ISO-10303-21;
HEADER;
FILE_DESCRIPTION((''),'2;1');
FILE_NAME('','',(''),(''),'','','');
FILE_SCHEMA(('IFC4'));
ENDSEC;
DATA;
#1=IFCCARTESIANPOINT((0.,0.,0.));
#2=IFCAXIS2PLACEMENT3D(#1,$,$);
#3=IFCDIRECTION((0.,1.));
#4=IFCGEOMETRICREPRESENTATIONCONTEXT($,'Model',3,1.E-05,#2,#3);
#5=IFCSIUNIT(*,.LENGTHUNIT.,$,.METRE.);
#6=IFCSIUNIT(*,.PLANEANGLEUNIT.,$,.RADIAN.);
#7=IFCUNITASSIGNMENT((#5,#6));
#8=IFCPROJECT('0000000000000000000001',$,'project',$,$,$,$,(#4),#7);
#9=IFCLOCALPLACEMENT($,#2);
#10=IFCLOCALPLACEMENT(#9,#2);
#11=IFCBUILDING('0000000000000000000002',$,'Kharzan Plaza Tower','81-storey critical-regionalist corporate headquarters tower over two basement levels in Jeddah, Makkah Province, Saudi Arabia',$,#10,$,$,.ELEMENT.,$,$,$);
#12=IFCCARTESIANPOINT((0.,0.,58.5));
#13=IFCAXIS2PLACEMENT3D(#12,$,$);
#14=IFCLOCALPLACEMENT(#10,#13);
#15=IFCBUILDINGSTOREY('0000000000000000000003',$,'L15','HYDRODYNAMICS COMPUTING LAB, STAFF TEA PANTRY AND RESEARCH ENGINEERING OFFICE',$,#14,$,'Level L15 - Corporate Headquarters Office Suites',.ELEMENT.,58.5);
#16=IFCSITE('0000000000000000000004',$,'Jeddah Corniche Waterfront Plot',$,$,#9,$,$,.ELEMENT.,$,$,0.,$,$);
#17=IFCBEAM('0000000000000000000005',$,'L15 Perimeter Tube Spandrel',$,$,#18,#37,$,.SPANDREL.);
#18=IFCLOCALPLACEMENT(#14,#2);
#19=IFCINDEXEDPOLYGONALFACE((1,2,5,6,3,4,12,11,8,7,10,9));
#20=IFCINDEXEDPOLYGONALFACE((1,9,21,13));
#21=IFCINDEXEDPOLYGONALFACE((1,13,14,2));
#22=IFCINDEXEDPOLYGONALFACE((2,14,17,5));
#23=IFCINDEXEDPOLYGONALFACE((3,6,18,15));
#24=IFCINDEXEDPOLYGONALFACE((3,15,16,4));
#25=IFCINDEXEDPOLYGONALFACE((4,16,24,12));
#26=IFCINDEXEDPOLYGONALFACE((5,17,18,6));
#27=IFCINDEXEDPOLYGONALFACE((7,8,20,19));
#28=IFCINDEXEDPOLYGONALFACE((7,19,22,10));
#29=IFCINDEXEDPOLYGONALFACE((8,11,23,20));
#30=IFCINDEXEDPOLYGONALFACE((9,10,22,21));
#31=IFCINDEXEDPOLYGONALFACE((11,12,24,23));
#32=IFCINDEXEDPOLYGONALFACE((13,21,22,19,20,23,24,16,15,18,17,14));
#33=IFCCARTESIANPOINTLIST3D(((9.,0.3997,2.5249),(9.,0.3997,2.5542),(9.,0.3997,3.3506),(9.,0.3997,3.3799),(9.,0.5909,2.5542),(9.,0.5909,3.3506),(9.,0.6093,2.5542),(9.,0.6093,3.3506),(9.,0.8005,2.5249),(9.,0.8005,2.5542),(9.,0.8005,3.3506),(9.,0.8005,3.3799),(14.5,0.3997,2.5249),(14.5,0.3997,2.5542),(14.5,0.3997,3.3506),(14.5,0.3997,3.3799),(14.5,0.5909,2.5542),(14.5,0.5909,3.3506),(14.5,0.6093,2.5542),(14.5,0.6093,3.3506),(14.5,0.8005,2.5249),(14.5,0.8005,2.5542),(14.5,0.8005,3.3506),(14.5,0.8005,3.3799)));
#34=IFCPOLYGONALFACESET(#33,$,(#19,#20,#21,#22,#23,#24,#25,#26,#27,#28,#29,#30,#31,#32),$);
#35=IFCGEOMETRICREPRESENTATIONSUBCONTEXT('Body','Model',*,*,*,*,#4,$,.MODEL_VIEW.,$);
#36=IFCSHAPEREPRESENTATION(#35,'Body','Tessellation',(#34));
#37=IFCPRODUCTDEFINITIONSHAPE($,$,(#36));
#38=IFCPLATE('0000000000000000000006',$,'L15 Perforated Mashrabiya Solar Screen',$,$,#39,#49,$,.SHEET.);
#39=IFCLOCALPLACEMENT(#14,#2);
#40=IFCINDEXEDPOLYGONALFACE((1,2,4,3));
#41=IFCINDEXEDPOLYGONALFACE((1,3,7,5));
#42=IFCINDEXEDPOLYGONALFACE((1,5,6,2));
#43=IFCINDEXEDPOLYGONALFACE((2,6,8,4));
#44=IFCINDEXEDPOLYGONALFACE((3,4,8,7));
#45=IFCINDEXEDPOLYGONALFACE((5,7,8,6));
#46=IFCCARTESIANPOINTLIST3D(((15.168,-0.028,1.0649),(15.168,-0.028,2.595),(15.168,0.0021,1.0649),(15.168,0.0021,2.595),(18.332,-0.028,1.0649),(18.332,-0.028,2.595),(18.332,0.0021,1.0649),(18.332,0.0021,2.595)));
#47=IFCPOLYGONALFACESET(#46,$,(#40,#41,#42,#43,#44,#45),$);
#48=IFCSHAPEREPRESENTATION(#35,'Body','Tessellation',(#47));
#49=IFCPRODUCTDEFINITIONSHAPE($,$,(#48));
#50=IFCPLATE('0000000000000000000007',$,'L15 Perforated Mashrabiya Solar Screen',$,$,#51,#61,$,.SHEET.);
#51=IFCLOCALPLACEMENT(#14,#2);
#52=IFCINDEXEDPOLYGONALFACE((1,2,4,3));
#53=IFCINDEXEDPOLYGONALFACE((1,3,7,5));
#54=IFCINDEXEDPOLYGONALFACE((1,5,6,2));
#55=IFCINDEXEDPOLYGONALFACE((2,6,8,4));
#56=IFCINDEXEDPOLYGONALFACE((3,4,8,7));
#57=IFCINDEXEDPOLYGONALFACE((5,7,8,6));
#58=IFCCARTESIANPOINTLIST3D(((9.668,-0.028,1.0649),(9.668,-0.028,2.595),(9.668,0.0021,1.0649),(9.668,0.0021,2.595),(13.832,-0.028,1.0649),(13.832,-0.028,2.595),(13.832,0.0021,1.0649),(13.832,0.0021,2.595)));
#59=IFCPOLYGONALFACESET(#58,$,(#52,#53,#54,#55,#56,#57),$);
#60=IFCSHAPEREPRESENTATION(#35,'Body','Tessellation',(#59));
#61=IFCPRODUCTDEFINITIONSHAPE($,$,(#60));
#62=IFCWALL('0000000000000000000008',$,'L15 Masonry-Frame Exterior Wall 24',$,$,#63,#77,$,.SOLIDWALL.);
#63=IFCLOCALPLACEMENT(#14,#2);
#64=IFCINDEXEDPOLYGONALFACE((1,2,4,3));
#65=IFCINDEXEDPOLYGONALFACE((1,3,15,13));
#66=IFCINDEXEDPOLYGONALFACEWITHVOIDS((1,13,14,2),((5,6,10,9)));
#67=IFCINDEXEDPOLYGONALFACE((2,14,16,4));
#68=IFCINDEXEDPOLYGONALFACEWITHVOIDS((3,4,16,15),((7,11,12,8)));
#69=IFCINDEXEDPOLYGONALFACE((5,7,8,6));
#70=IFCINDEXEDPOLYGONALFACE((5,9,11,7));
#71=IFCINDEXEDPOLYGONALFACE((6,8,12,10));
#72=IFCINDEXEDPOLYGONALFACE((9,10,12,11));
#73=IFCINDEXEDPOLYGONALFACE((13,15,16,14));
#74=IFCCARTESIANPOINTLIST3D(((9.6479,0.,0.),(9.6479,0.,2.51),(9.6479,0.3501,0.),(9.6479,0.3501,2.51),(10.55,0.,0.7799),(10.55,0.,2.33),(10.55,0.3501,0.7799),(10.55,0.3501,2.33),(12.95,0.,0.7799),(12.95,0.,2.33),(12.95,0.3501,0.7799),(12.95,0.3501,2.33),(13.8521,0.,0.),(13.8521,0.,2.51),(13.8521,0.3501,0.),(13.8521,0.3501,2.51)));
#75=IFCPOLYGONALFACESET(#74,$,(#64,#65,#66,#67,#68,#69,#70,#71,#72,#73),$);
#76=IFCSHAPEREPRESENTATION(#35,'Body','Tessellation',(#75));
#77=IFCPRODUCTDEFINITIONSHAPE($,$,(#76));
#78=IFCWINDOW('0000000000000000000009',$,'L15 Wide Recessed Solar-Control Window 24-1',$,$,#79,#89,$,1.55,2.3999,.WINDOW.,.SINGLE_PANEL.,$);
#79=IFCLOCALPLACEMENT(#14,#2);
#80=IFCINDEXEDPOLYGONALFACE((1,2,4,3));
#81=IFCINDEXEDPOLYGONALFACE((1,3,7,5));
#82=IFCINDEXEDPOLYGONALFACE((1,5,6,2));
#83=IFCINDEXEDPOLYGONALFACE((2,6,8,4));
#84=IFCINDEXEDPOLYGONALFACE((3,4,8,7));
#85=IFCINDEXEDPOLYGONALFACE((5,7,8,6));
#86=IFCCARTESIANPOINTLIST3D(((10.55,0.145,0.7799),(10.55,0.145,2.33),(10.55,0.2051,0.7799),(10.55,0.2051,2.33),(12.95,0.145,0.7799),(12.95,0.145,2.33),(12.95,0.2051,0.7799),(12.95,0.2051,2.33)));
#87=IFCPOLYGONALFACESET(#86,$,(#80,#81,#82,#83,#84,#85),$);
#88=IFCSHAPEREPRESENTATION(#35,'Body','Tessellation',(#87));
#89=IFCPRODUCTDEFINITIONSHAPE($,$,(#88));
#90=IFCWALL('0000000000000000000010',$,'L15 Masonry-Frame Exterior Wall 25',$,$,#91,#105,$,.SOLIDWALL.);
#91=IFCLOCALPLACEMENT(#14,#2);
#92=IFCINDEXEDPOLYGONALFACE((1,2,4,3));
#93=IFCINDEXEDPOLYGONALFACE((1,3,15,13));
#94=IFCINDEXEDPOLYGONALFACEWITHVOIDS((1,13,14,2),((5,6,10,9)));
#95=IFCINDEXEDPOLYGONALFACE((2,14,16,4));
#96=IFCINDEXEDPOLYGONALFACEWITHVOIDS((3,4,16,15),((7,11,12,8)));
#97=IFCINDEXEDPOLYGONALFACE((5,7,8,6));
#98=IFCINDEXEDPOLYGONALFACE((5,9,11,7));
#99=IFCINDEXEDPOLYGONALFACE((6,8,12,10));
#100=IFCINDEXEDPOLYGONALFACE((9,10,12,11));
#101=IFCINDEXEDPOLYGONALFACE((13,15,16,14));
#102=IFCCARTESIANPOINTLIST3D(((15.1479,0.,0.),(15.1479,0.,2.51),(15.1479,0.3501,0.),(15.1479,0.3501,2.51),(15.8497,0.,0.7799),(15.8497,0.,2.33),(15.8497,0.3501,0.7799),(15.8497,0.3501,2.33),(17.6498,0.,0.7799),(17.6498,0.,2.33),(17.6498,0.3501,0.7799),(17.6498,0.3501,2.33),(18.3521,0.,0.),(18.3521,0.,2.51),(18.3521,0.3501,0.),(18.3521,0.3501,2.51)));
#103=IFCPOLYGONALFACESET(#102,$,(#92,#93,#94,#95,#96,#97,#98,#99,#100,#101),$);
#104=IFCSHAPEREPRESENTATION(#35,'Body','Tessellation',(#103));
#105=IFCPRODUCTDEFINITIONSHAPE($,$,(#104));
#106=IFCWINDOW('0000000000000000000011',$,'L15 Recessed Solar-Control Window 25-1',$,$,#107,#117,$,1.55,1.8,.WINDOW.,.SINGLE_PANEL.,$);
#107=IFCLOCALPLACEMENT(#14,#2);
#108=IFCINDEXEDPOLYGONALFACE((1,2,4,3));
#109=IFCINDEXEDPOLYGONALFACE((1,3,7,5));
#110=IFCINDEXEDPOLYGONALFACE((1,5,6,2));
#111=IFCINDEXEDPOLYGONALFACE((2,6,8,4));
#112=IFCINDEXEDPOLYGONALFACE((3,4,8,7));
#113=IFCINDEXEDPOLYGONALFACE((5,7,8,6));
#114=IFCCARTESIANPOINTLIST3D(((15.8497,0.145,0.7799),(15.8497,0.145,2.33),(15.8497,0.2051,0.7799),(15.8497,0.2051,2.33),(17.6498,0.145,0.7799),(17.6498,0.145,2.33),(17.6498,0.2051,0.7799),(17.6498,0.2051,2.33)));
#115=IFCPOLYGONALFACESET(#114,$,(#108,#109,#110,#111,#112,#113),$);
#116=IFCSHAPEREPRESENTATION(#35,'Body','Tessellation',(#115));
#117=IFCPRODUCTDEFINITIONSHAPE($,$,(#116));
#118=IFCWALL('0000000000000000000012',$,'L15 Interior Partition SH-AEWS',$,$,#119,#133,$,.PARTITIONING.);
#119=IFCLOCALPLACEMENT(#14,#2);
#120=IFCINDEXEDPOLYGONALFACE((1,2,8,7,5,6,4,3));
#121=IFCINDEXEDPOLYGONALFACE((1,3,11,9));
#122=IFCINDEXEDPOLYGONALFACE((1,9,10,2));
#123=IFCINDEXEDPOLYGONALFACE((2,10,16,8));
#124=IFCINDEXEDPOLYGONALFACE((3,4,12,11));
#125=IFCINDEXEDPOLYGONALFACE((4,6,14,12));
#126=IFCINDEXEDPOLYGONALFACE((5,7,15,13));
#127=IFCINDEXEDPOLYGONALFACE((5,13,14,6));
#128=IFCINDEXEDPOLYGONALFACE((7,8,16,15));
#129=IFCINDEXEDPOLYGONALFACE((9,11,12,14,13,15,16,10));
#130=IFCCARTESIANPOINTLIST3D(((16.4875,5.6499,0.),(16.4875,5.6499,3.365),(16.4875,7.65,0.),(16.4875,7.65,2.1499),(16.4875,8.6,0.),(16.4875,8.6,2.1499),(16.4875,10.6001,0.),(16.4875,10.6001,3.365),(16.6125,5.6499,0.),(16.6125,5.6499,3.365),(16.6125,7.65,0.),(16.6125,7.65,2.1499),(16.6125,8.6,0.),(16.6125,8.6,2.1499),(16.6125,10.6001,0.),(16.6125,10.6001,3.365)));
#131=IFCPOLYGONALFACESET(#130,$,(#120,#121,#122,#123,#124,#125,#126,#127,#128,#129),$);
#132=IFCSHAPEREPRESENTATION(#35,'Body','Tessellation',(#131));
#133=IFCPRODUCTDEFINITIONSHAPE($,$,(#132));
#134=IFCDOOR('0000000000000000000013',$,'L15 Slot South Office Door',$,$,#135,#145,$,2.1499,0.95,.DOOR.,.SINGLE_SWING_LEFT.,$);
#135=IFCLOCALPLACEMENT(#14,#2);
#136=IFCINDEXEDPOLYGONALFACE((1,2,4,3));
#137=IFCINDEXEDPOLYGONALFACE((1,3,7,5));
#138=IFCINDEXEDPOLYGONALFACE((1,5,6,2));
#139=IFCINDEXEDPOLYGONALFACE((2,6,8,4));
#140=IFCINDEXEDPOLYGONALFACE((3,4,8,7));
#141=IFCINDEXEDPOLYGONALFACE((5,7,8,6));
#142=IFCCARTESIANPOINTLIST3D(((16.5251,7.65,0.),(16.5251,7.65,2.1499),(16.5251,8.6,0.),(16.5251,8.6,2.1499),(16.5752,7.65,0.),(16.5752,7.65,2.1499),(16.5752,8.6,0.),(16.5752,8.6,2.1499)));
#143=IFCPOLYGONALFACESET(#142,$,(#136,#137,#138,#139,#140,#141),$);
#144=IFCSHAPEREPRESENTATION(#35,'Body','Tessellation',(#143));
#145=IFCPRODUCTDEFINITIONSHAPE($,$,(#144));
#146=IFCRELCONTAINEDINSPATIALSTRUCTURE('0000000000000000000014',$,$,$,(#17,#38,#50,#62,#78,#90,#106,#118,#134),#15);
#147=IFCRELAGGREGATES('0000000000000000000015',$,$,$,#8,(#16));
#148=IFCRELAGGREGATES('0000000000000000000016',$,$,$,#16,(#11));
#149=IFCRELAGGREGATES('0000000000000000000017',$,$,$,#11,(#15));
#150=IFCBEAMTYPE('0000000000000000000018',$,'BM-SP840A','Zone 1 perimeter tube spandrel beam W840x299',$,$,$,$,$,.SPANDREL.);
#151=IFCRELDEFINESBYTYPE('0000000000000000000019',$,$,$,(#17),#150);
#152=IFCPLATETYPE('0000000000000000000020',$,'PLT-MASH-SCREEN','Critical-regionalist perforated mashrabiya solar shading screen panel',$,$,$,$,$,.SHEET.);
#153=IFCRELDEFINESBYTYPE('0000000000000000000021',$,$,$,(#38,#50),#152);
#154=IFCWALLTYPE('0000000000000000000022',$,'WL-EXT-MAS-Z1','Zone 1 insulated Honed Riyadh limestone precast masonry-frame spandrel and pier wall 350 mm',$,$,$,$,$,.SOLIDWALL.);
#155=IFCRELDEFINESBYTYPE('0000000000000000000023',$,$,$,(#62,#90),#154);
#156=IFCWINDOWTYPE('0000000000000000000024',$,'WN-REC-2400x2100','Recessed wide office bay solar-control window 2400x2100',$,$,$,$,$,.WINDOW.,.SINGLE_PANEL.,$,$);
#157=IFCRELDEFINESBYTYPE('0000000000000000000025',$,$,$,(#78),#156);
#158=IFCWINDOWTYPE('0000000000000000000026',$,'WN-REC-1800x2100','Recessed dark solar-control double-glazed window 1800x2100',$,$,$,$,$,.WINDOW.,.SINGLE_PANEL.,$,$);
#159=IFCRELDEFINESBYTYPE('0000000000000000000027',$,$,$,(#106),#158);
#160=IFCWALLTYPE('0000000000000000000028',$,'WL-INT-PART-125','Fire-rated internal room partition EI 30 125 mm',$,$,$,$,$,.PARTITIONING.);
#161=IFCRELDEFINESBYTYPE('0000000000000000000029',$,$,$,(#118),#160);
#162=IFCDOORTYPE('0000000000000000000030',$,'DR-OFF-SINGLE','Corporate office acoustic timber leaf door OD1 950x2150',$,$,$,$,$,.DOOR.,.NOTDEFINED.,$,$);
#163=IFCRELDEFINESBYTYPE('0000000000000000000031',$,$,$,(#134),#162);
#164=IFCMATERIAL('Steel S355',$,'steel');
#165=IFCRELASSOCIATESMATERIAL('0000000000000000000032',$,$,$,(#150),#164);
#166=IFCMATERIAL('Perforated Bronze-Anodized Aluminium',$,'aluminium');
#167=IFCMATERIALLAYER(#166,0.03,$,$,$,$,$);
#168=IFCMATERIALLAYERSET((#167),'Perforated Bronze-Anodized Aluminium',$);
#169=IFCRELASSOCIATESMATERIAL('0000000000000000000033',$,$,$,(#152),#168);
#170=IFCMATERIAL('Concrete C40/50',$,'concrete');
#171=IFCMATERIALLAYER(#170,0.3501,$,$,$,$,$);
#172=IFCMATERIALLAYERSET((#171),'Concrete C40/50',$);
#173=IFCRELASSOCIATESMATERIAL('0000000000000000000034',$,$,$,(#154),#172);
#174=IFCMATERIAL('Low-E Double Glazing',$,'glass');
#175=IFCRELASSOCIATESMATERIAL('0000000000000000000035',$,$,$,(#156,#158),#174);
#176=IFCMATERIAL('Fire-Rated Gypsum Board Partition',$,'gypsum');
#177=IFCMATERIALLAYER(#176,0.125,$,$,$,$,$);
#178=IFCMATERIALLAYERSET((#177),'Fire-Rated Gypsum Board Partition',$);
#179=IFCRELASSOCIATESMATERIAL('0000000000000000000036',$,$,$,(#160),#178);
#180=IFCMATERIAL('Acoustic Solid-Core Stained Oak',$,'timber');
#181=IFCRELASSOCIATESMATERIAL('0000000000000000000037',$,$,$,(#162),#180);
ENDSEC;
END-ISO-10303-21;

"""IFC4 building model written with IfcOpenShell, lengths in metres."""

from ifc_helpers import new_model, si_unit, direction, frame, frame_2d, origin, origin_2d, place, context, subcontext, project, spatial, rectangle, i_section, extrude, source, transform, mapped, material, layer, layer_set, material_profile, profile_set, type_object, element, fill, save


model = new_model("IFC4")

# Units and contexts
model_context = context("Model", 3, precision=1e-05, world=origin(), true_north=direction((0.0, 1.0)))
body_context = subcontext(model_context, "Body", "Model", "MODEL_VIEW")
ifc_project = project(units=[si_unit("LENGTHUNIT", "METRE"), si_unit("PLANEANGLEUNIT", "RADIAN")], contexts=[model_context])

# Site, building, storey
site_placement = place(None, origin())
site = spatial("IfcSite", under=ifc_project, at=site_placement, Name="Jeddah Corniche Waterfront Plot", CompositionType="ELEMENT", RefElevation=0.0)
building_placement = place(site_placement, origin())
building = spatial("IfcBuilding", under=site, at=building_placement, Name="Kharzan Plaza Tower", Description="81-storey critical-regionalist corporate headquarters tower over two basement levels in Jeddah, Makkah Province, Saudi Arabia", CompositionType="ELEMENT")
storey_placement = place(building_placement, frame((0.0, 0.0, 58.5)))
storey = spatial("IfcBuildingStorey", under=building, at=storey_placement, Name="L15", Description="HYDRODYNAMICS COMPUTING LAB, STAFF TEA PANTRY AND RESEARCH ENGINEERING OFFICE", LongName="Level L15 - Corporate Headquarters Office Suites", CompositionType="ELEMENT", Elevation=58.5)

# Beam
ifc_material_1 = material(Name="Steel S355", Category="steel")
ifc_material_profile_1 = material_profile(ifc_material_1, i_section(OverallWidth=0.4009, OverallDepth=0.855, WebThickness=0.0183, FlangeThickness=0.0293, at=origin_2d()), Name="W840x299")
ifc_profile_set_1 = profile_set([ifc_material_profile_1], Name="Steel S355")
beam_type_1 = type_object("IfcBeamType", Name="BM-SP840A", Description="Zone 1 perimeter tube spandrel beam W840x299", PredefinedType="SPANDREL", material=ifc_profile_set_1)
shared_shape_1 = source(origin(), body_context, "Body", "SweptSolid", [
    extrude(i_section(OverallWidth=0.4009, OverallDepth=0.855, WebThickness=0.0183, FlangeThickness=0.0293, at=origin_2d()), origin(), (0.0, 0.0, 1.0), 5.5),
])
beam_1_placement = place(storey_placement, frame((9.0, 0.6001, 2.9524), z_axis=(1.0, 0.0, 0.0), x_axis=(0.0, 1.0, 0.0)))
element("IfcBeam", 1, at=beam_1_placement, inside=storey, type_object=beam_type_1, Name="L15 Perimeter Tube Spandrel", PredefinedType="SPANDREL", context=body_context, shape_type="MappedRepresentation", body=[
    mapped(shared_shape_1, transform((0.0, 0.0, 0.0), x_axis=(1.0, 0.0, 0.0), y_axis=(0.0, 1.0, 0.0), z_axis=(0.0, 0.0, 1.0))),
])

# Plates
ifc_material_2 = material(Name="Perforated Bronze-Anodized Aluminium", Category="aluminium")
ifc_layer_1 = layer(ifc_material_2, 0.03)
ifc_layer_set_1 = layer_set([ifc_layer_1], Name="Perforated Bronze-Anodized Aluminium")
plate_type = type_object("IfcPlateType", Name="PLT-MASH-SCREEN", Description="Critical-regionalist perforated mashrabiya solar shading screen panel", PredefinedType="SHEET", material=ifc_layer_set_1)
shared_shape_2 = source(origin(), body_context, "Body", "SweptSolid", [
    extrude(rectangle(XDim=3.1641, YDim=0.03, at=origin_2d()), origin(), (0.0, 0.0, 1.0), 1.53),
])
plate_1_placement = place(storey_placement, frame((16.75, -0.0129, 1.0649), z_axis=(0.0, 0.0, 1.0), x_axis=(1.0, 0.0, 0.0)))
element("IfcPlate", 2, at=plate_1_placement, inside=storey, type_object=plate_type, Name="L15 Perforated Mashrabiya Solar Screen", PredefinedType="SHEET", context=body_context, shape_type="MappedRepresentation", body=[
    mapped(shared_shape_2, transform((0.0, 0.0, 0.0), x_axis=(1.0, 0.0, 0.0), y_axis=(0.0, 1.0, 0.0), z_axis=(0.0, 0.0, 1.0))),
])
shared_shape_3 = source(origin(), body_context, "Body", "SweptSolid", [
    extrude(rectangle(XDim=4.1641, YDim=0.03, at=origin_2d()), origin(), (0.0, 0.0, 1.0), 1.53),
])
plate_2_placement = place(storey_placement, frame((11.75, -0.0129, 1.0649), z_axis=(0.0, 0.0, 1.0), x_axis=(1.0, 0.0, 0.0)))
element("IfcPlate", 3, at=plate_2_placement, inside=storey, type_object=plate_type, Name="L15 Perforated Mashrabiya Solar Screen", PredefinedType="SHEET", context=body_context, shape_type="MappedRepresentation", body=[
    mapped(shared_shape_3, transform((0.0, 0.0, 0.0), x_axis=(1.0, 0.0, 0.0), y_axis=(0.0, 1.0, 0.0), z_axis=(0.0, 0.0, 1.0))),
])

# Walls, openings, windows
ifc_material_3 = material(Name="Concrete C40/50", Category="concrete")
ifc_layer_2 = layer(ifc_material_3, 0.3501)
ifc_layer_set_2 = layer_set([ifc_layer_2], Name="Concrete C40/50")
wall_type_1 = type_object("IfcWallType", Name="WL-EXT-MAS-Z1", Description="Zone 1 insulated Honed Riyadh limestone precast masonry-frame spandrel and pier wall 350 mm", PredefinedType="SOLIDWALL", material=ifc_layer_set_2)
wall_1_placement = place(storey_placement, frame((9.6479, 0.175, 0.0), z_axis=(0.0, 0.0, 1.0), x_axis=(1.0, 0.0, 0.0)))
wall_1 = element("IfcWall", 4, at=wall_1_placement, inside=storey, type_object=wall_type_1, Name="L15 Masonry-Frame Exterior Wall 24", PredefinedType="SOLIDWALL", context=body_context, shape_type="SweptSolid", body=[
    extrude(rectangle(XDim=4.2041, YDim=0.3501, at=frame_2d((2.1021, 0.0))), origin(), (0.0, 0.0, 1.0), 2.51),
])
opening_1_placement = place(wall_1_placement, frame((0.9021, 0.0, 0.78)))
opening_1 = element("IfcOpeningElement", 5, at=opening_1_placement, cuts=wall_1, PredefinedType="OPENING", context=body_context, shape_type="SweptSolid", body=[
    extrude(rectangle(XDim=2.3999, YDim=1.55, at=frame_2d((1.2, 0.7749))), frame((0.0, 0.1851, 0.0), z_axis=(0.0, -1.0, 0.0), x_axis=(1.0, 0.0, 0.0)), (0.0, 0.0, 1.0), 0.3701),
])
ifc_material_4 = material(Name="Low-E Double Glazing", Category="glass")
window_type_1 = type_object("IfcWindowType", Name="WN-REC-2400x2100", Description="Recessed wide office bay solar-control window 2400x2100", PartitioningType="SINGLE_PANEL", PredefinedType="WINDOW", material=ifc_material_4)
shared_shape_4 = source(origin(), body_context, "Body", "SweptSolid", [
    extrude(rectangle(XDim=2.3999, YDim=1.55, at=frame_2d((1.2, 0.7749))), frame((0.0, 0.03, 0.0), z_axis=(0.0, -1.0, 0.0), x_axis=(1.0, 0.0, 0.0)), (0.0, 0.0, 1.0), 0.0601),
])
window_1_placement = place(opening_1_placement, origin())
window_1 = element("IfcWindow", 6, at=window_1_placement, inside=storey, type_object=window_type_1, Name="L15 Wide Recessed Solar-Control Window 24-1", OverallHeight=1.55, OverallWidth=2.3999, PartitioningType="SINGLE_PANEL", PredefinedType="WINDOW", context=body_context, shape_type="MappedRepresentation", body=[
    mapped(shared_shape_4, transform((0.0, 0.0, 0.0), x_axis=(1.0, 0.0, 0.0), y_axis=(0.0, 1.0, 0.0), z_axis=(0.0, 0.0, 1.0))),
])
fill(opening_1, window_1)
wall_2_placement = place(storey_placement, frame((15.1479, 0.175, 0.0), z_axis=(0.0, 0.0, 1.0), x_axis=(1.0, 0.0, 0.0)))
wall_2 = element("IfcWall", 7, at=wall_2_placement, inside=storey, type_object=wall_type_1, Name="L15 Masonry-Frame Exterior Wall 25", PredefinedType="SOLIDWALL", context=body_context, shape_type="SweptSolid", body=[
    extrude(rectangle(XDim=3.2041, YDim=0.3501, at=frame_2d((1.6021, 0.0))), origin(), (0.0, 0.0, 1.0), 2.51),
])
opening_2_placement = place(wall_2_placement, frame((0.7019, 0.0, 0.78)))
opening_2 = element("IfcOpeningElement", 8, at=opening_2_placement, cuts=wall_2, PredefinedType="OPENING", context=body_context, shape_type="SweptSolid", body=[
    extrude(rectangle(XDim=1.8, YDim=1.55, at=frame_2d((0.8999, 0.7749))), frame((0.0, 0.1851, 0.0), z_axis=(0.0, -1.0, 0.0), x_axis=(1.0, 0.0, 0.0)), (0.0, 0.0, 1.0), 0.3701),
])
window_type_2 = type_object("IfcWindowType", Name="WN-REC-1800x2100", Description="Recessed dark solar-control double-glazed window 1800x2100", PartitioningType="SINGLE_PANEL", PredefinedType="WINDOW", material=ifc_material_4)
shared_shape_5 = source(origin(), body_context, "Body", "SweptSolid", [
    extrude(rectangle(XDim=1.8, YDim=1.55, at=frame_2d((0.8999, 0.7749))), frame((0.0, 0.03, 0.0), z_axis=(0.0, -1.0, 0.0), x_axis=(1.0, 0.0, 0.0)), (0.0, 0.0, 1.0), 0.0601),
])
window_2_placement = place(opening_2_placement, origin())
window_2 = element("IfcWindow", 9, at=window_2_placement, inside=storey, type_object=window_type_2, Name="L15 Recessed Solar-Control Window 25-1", OverallHeight=1.55, OverallWidth=1.8, PartitioningType="SINGLE_PANEL", PredefinedType="WINDOW", context=body_context, shape_type="MappedRepresentation", body=[
    mapped(shared_shape_5, transform((0.0, 0.0, 0.0), x_axis=(1.0, 0.0, 0.0), y_axis=(0.0, 1.0, 0.0), z_axis=(0.0, 0.0, 1.0))),
])
fill(opening_2, window_2)

# Wall, opening, door
ifc_material_5 = material(Name="Fire-Rated Gypsum Board Partition", Category="gypsum")
ifc_layer_3 = layer(ifc_material_5, 0.125)
ifc_layer_set_3 = layer_set([ifc_layer_3], Name="Fire-Rated Gypsum Board Partition")
wall_type_2 = type_object("IfcWallType", Name="WL-INT-PART-125", Description="Fire-rated internal room partition EI 30 125 mm", PredefinedType="PARTITIONING", material=ifc_layer_set_3)
wall_3_placement = place(storey_placement, frame((16.55, 5.6499, 0.0), z_axis=(0.0, 0.0, 1.0), x_axis=(0.0, 1.0, 0.0)))
wall_3 = element("IfcWall", 10, at=wall_3_placement, inside=storey, type_object=wall_type_2, Name="L15 Interior Partition SH-AEWS", PredefinedType="PARTITIONING", context=body_context, shape_type="SweptSolid", body=[
    extrude(rectangle(XDim=4.9502, YDim=0.125, at=frame_2d((2.4751, 0.0))), origin(), (0.0, 0.0, 1.0), 3.365),
])
opening_3_placement = place(wall_3_placement, frame((2.0, 0.0, 0.0)))
opening_3 = element("IfcOpeningElement", 11, at=opening_3_placement, cuts=wall_3, PredefinedType="OPENING", context=body_context, shape_type="SweptSolid", body=[
    extrude(rectangle(XDim=0.95, YDim=2.1499, at=frame_2d((0.4751, 1.075))), frame((0.0, 0.0725, 0.0), z_axis=(0.0, -1.0, 0.0), x_axis=(1.0, 0.0, 0.0)), (0.0, 0.0, 1.0), 0.145),
])
ifc_material_6 = material(Name="Acoustic Solid-Core Stained Oak", Category="timber")
door_type = type_object("IfcDoorType", Name="DR-OFF-SINGLE", Description="Corporate office acoustic timber leaf door OD1 950x2150", OperationType="NOTDEFINED", PredefinedType="DOOR", material=ifc_material_6)
shared_shape_6 = source(origin(), body_context, "Body", "SweptSolid", [
    extrude(rectangle(XDim=0.95, YDim=2.1499, at=frame_2d((0.4751, 1.075))), frame((0.0, 0.0249, 0.0), z_axis=(0.0, -1.0, 0.0), x_axis=(1.0, 0.0, 0.0)), (0.0, 0.0, 1.0), 0.05),
])
door_1_placement = place(opening_3_placement, origin())
door_1 = element("IfcDoor", 12, at=door_1_placement, inside=storey, type_object=door_type, Name="L15 Slot South Office Door", OperationType="SINGLE_SWING_LEFT", OverallHeight=2.1499, OverallWidth=0.95, PredefinedType="DOOR", context=body_context, shape_type="MappedRepresentation", body=[
    mapped(shared_shape_6, transform((0.0, 0.0, 0.0), x_axis=(1.0, 0.0, 0.0), y_axis=(0.0, 1.0, 0.0), z_axis=(0.0, 0.0, 1.0))),
])
fill(opening_3, door_1)

save(model, "model.ifc")
